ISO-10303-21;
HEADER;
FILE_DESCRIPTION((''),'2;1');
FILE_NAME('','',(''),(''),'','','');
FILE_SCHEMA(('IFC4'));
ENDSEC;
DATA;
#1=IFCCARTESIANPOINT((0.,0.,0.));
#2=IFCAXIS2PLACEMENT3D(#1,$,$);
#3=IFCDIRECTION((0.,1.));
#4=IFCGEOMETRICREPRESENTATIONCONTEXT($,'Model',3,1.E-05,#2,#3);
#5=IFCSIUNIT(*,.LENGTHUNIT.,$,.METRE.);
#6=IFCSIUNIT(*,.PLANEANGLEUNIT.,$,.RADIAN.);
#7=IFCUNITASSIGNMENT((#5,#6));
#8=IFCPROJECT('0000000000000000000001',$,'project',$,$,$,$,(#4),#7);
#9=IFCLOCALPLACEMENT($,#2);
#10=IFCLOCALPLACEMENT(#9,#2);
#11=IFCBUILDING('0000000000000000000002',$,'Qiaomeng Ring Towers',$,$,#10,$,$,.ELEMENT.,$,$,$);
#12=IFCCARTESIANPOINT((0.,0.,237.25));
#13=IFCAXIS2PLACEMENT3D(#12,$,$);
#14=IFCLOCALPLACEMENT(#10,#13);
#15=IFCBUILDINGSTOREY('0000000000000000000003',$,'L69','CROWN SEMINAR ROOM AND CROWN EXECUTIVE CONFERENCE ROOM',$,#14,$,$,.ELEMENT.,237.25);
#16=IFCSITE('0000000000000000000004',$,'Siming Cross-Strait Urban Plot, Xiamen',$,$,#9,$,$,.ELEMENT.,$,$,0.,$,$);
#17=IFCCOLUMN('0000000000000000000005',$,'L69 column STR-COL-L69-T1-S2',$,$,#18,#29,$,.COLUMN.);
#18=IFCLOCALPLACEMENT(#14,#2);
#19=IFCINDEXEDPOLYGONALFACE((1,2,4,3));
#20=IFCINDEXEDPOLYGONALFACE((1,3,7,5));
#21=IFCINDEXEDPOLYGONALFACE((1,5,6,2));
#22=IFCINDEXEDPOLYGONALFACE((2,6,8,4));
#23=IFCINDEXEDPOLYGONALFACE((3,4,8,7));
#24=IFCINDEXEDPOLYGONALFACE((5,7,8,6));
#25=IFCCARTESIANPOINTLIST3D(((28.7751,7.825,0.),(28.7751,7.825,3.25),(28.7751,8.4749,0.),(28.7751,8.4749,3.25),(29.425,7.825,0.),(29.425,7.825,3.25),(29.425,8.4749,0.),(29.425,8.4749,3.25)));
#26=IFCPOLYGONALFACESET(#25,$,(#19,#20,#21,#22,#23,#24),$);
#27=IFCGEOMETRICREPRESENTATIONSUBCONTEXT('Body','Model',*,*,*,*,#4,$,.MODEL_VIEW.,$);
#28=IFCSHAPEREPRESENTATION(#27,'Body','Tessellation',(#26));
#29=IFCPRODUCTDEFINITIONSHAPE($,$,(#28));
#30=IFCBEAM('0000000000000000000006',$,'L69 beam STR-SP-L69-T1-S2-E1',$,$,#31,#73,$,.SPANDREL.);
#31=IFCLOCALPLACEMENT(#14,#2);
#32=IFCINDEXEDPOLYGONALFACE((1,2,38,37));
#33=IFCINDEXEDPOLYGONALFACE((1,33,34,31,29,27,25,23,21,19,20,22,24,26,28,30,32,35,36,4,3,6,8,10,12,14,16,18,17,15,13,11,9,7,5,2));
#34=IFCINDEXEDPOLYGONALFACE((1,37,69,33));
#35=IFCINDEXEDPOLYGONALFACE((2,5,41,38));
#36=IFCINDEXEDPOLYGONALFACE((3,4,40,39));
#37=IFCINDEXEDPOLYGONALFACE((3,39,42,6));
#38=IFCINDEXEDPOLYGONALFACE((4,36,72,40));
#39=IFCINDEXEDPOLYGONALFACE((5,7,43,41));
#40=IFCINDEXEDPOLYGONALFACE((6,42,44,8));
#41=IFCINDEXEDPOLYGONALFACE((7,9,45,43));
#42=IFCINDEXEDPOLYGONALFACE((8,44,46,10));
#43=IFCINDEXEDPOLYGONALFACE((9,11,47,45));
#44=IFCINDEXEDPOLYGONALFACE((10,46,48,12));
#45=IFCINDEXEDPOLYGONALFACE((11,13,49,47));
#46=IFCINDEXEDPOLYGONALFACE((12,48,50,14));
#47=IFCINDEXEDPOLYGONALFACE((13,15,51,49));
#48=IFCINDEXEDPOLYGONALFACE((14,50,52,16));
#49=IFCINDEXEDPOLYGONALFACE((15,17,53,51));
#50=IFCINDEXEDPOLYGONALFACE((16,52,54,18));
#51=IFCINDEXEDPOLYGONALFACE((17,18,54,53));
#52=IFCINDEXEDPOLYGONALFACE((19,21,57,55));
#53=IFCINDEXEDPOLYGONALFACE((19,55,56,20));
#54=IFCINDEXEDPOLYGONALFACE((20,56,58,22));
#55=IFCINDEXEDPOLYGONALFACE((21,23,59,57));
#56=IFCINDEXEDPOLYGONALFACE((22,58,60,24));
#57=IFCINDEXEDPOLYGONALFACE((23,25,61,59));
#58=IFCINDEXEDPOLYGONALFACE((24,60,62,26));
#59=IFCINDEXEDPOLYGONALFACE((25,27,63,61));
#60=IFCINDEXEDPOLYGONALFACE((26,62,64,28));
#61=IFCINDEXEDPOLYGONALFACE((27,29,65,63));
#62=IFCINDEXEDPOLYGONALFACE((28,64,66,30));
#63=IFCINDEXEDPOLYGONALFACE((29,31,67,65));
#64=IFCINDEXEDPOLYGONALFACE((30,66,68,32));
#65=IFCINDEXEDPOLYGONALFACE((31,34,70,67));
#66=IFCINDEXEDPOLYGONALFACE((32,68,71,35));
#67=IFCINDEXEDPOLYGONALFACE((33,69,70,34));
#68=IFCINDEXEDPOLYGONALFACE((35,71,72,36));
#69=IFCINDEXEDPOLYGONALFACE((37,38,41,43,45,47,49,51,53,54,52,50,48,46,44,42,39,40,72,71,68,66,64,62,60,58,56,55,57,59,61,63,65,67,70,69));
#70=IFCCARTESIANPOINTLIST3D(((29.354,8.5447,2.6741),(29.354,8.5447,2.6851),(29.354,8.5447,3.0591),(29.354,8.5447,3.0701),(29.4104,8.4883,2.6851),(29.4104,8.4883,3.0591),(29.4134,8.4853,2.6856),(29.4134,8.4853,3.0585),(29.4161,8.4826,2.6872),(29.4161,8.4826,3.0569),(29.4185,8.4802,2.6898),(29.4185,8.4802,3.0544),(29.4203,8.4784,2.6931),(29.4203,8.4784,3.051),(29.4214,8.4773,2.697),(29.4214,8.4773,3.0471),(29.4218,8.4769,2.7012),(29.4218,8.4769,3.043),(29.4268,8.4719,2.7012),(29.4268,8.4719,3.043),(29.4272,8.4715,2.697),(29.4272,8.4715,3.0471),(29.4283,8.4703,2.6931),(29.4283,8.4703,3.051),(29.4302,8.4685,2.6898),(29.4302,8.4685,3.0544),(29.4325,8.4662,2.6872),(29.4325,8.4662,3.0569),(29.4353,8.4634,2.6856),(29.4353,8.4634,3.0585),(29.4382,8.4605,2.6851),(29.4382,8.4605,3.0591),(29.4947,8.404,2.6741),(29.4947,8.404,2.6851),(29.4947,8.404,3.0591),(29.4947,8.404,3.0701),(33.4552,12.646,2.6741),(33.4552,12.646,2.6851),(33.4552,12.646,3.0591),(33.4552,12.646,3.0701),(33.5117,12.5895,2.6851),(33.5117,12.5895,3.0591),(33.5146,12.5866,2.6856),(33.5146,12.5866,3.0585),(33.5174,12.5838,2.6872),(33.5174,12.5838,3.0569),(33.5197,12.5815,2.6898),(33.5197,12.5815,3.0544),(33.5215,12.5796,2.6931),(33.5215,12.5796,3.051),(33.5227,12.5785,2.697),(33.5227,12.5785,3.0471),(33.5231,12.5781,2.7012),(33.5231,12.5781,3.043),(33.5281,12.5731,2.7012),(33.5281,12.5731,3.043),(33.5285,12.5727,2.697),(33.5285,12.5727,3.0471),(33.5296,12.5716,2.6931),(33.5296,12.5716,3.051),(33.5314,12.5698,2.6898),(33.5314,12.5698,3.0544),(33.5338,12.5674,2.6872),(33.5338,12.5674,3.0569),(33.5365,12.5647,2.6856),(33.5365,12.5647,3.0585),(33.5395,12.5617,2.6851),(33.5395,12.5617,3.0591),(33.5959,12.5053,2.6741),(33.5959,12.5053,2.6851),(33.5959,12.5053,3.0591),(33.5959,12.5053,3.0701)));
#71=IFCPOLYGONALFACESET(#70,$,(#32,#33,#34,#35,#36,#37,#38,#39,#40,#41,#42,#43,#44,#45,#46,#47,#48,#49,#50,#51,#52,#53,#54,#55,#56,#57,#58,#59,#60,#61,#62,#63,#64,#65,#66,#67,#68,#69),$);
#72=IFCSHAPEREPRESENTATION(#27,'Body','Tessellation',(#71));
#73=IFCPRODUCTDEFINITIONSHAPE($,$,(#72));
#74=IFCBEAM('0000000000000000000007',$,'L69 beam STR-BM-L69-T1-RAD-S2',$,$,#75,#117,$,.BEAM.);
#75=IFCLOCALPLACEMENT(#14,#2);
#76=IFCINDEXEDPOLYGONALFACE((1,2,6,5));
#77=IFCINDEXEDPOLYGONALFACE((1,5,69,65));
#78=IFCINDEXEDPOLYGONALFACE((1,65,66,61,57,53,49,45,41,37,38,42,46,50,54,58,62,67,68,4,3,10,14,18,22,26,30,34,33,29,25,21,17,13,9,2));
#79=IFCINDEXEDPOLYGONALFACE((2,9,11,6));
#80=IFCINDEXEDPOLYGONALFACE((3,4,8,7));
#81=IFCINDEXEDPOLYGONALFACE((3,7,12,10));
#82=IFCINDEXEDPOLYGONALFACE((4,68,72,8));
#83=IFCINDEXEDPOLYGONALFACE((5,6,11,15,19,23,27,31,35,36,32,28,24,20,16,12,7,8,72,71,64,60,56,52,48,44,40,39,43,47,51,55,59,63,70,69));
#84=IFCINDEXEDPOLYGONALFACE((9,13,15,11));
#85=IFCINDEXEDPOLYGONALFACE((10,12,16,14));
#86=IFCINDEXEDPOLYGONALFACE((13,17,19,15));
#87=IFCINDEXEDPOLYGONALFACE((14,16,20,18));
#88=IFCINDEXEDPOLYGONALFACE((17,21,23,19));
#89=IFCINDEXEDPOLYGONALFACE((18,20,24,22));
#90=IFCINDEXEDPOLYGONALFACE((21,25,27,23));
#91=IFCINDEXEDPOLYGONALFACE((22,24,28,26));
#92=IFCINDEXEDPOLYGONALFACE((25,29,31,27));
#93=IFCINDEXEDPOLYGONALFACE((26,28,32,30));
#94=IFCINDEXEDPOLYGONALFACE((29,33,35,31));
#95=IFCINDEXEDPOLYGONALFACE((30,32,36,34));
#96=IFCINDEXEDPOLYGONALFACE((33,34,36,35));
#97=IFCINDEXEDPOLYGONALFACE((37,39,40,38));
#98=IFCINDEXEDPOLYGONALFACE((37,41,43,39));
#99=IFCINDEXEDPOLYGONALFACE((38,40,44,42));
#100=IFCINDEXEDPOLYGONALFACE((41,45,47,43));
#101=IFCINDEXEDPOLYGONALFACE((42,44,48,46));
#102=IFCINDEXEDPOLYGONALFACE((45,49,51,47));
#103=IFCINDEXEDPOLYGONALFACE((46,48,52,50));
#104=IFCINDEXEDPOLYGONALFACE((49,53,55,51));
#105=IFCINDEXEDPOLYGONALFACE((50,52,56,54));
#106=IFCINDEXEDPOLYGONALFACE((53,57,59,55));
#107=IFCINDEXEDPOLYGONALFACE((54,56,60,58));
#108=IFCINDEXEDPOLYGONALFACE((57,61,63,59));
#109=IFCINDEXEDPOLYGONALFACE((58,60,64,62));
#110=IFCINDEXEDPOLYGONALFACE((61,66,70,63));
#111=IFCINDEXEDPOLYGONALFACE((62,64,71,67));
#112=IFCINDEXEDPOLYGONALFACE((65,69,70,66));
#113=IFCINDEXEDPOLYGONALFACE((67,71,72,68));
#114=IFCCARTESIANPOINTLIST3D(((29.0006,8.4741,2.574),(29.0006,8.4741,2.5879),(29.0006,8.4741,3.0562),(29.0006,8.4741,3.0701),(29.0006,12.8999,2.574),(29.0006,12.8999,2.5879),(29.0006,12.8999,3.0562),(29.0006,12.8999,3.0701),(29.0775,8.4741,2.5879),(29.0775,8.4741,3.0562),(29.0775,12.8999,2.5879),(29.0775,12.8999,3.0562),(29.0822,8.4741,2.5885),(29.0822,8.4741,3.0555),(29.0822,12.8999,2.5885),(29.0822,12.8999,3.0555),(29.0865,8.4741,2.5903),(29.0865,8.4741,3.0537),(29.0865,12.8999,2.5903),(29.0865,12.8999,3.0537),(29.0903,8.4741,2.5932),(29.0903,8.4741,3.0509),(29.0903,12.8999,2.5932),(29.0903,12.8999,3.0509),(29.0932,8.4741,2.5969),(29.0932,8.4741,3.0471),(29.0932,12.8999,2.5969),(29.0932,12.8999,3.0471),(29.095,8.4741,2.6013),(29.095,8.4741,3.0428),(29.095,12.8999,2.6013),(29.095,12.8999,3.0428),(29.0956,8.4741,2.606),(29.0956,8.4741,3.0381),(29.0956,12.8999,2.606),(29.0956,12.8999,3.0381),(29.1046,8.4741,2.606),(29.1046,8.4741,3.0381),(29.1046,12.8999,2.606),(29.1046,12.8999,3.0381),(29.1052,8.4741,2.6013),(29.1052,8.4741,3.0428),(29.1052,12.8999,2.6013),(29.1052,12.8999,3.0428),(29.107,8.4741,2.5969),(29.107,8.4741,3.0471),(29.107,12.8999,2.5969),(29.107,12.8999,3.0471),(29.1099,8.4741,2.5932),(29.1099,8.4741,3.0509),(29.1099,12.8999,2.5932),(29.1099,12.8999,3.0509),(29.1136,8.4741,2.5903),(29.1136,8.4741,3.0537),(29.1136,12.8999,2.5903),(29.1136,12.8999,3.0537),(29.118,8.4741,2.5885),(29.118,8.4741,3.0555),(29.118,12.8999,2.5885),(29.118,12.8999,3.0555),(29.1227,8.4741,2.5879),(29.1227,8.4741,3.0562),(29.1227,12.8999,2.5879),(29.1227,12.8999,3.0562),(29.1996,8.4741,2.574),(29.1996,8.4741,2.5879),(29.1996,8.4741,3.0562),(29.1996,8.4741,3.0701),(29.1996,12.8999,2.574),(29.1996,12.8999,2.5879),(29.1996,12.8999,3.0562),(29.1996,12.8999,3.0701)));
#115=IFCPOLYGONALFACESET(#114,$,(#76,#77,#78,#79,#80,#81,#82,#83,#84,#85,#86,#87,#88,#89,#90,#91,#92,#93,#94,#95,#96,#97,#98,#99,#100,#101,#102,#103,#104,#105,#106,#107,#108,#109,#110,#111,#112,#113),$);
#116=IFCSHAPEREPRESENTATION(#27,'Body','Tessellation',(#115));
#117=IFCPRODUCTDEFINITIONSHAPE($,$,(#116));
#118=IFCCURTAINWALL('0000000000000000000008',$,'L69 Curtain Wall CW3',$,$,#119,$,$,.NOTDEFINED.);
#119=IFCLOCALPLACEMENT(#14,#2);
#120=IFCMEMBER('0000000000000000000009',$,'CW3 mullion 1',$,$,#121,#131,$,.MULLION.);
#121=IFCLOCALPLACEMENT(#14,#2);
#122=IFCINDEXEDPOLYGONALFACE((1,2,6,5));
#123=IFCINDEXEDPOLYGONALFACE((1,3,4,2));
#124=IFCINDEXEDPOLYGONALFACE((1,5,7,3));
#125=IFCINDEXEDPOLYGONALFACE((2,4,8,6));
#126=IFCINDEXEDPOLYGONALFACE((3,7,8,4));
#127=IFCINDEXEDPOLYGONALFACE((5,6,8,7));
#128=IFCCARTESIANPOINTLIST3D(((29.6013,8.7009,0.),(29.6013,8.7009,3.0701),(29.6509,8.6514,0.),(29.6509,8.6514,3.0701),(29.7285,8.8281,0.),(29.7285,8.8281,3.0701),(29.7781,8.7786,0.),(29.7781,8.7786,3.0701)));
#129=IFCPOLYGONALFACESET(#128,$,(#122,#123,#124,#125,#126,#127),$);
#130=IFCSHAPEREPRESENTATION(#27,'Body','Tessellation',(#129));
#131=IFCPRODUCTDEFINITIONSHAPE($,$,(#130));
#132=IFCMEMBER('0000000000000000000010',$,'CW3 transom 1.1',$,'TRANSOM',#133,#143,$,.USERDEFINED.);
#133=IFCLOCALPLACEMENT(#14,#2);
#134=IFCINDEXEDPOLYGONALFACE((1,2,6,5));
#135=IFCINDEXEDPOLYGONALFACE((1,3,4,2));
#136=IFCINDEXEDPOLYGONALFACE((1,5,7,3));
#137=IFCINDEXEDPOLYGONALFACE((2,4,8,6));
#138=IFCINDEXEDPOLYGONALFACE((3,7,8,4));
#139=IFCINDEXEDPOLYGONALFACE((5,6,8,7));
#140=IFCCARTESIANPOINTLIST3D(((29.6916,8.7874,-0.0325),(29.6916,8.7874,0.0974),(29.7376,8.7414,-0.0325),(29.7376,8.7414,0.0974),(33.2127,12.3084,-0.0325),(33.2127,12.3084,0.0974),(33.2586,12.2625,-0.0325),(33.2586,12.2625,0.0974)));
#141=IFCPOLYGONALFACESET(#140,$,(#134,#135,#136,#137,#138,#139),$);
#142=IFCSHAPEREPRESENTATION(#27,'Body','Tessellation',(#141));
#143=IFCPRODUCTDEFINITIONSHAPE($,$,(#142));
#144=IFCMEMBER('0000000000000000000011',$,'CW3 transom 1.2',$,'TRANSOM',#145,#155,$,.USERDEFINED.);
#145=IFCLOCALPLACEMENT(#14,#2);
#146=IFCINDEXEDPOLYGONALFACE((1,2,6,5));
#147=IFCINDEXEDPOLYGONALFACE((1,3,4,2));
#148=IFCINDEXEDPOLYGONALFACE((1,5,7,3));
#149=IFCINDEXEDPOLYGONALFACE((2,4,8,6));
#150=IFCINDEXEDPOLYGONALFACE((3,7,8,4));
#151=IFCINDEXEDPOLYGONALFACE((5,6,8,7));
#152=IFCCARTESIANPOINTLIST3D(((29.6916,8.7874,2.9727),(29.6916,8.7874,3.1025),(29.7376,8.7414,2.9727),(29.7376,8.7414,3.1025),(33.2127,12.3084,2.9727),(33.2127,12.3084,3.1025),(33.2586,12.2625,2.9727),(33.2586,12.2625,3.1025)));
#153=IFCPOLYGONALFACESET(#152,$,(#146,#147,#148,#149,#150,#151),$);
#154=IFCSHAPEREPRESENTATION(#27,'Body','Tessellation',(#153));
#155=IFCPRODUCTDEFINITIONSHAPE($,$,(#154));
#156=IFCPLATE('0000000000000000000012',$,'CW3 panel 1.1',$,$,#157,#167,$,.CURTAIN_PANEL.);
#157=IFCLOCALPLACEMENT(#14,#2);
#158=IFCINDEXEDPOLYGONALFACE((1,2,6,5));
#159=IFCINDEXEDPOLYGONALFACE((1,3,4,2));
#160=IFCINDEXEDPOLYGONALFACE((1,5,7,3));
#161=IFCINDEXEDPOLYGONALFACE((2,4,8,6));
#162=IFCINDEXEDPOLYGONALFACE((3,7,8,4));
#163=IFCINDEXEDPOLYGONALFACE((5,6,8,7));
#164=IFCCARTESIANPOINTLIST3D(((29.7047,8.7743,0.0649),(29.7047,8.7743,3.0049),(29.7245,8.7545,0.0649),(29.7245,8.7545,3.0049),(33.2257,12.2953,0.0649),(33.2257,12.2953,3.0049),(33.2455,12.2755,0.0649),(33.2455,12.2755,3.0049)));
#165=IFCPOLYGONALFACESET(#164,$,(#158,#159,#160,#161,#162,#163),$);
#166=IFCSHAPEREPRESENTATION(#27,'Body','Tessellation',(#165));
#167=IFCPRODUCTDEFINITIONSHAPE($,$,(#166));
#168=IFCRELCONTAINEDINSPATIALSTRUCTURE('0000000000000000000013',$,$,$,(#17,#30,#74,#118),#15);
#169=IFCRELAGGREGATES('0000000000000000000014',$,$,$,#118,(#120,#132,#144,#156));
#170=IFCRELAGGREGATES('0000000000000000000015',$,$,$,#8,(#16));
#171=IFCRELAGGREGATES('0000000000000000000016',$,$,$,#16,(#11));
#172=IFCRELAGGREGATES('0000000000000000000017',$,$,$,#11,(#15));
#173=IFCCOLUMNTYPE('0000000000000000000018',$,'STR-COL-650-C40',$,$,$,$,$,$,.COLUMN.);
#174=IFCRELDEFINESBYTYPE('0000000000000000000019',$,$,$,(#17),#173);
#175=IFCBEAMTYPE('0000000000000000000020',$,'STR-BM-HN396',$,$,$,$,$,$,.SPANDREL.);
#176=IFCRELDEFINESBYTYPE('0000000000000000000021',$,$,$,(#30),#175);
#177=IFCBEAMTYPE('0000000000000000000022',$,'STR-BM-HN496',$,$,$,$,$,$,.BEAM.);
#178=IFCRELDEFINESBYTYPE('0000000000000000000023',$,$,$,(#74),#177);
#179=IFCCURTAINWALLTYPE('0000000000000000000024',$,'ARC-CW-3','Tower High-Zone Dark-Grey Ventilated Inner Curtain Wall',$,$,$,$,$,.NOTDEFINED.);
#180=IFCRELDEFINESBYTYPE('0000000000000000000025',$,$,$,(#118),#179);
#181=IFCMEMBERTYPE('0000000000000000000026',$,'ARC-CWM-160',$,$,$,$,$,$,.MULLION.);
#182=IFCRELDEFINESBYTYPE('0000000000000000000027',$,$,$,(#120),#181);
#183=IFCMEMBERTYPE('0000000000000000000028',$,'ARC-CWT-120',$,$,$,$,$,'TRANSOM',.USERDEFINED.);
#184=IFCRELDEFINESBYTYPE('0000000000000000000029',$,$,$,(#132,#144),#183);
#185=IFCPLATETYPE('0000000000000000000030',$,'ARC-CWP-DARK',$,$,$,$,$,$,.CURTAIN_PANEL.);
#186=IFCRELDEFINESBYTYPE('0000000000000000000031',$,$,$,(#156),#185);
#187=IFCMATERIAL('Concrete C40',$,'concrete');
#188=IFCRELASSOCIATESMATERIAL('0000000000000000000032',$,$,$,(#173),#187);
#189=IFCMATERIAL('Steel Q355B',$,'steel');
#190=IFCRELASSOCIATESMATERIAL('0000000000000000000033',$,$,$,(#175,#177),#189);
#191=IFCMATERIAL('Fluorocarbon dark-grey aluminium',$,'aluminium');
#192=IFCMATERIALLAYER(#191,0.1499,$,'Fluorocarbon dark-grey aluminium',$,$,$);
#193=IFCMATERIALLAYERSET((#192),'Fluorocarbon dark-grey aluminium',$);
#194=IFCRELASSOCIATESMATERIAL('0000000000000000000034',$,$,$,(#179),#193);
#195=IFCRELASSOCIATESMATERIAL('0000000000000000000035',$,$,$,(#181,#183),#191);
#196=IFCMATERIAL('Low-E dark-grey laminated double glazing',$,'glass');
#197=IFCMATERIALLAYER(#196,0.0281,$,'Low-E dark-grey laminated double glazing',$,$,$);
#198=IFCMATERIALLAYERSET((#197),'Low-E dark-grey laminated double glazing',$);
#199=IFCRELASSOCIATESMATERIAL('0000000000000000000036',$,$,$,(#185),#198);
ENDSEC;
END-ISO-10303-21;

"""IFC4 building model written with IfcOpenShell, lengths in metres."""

from ifc_helpers import new_model, si_unit, direction, frame, origin, origin_2d, place, context, subcontext, project, spatial, rectangle, i_section, extrude, source, transform, mapped, material, layer, layer_set, material_profile, profile_set, type_object, element, aggregate, save


model = new_model("IFC4")

# Units and contexts
model_context = context("Model", 3, precision=1e-05, world=origin(), true_north=direction((0.0, 1.0)))
body_context = subcontext(model_context, "Body", "Model", "MODEL_VIEW")
ifc_project = project(units=[si_unit("LENGTHUNIT", "METRE"), si_unit("PLANEANGLEUNIT", "RADIAN")], contexts=[model_context])

# Site, building, storey
site_placement = place(None, origin())
site = spatial("IfcSite", under=ifc_project, at=site_placement, Name="Siming Cross-Strait Urban Plot, Xiamen", CompositionType="ELEMENT", RefElevation=0.0)
building_placement = place(site_placement, origin())
building = spatial("IfcBuilding", under=site, at=building_placement, Name="Qiaomeng Ring Towers", CompositionType="ELEMENT")
storey_placement = place(building_placement, frame((0.0, 0.0, 237.25)))
storey = spatial("IfcBuildingStorey", under=building, at=storey_placement, Name="L69", Description="CROWN SEMINAR ROOM AND CROWN EXECUTIVE CONFERENCE ROOM", CompositionType="ELEMENT", Elevation=237.25)

# Column
ifc_material_1 = material(Name="Concrete C40", Category="concrete")
ifc_material_profile_1 = material_profile(ifc_material_1, rectangle(XDim=0.6499, YDim=0.6499, at=origin_2d()), Name="RC COL 650x650")
ifc_profile_set_1 = profile_set([ifc_material_profile_1], Name="Concrete C40")
column_type = type_object("IfcColumnType", Name="STR-COL-650-C40", PredefinedType="COLUMN", material=ifc_profile_set_1)
shared_shape_1 = source(origin(), body_context, "Body", "SweptSolid", [
    extrude(rectangle(XDim=0.6499, YDim=0.6499, at=origin_2d()), origin(), (0.0, 0.0, 1.0), 3.25),
])
column_placement = place(storey_placement, frame((29.1001, 8.1499, 0.0), z_axis=(0.0, 0.0, 1.0), x_axis=(1.0, 0.0, 0.0)))
element("IfcColumn", 1, at=column_placement, inside=storey, type_object=column_type, Name="L69 column STR-COL-L69-T1-S2", PredefinedType="COLUMN", context=body_context, shape_type="MappedRepresentation", body=[
    mapped(shared_shape_1, transform((0.0, 0.0, 0.0), x_axis=(1.0, 0.0, 0.0), y_axis=(0.0, 1.0, 0.0), z_axis=(0.0, 0.0, 1.0), scale=1.0)),
])

# Beams
ifc_material_2 = material(Name="Steel Q355B", Category="steel")
ifc_material_profile_2 = material_profile(ifc_material_2, i_section(OverallWidth=0.199, OverallDepth=0.396, WebThickness=0.0071, FlangeThickness=0.011, FilletRadius=0.0161, at=origin_2d()), Name="HN 396x199x7x11")
ifc_profile_set_2 = profile_set([ifc_material_profile_2], Name="Steel Q355B")
beam_type_1 = type_object("IfcBeamType", Name="STR-BM-HN396", PredefinedType="SPANDREL", material=ifc_profile_set_2)
shared_shape_2 = source(origin(), body_context, "Body", "SweptSolid", [
    extrude(i_section(OverallWidth=0.199, OverallDepth=0.396, WebThickness=0.0071, FlangeThickness=0.011, FilletRadius=0.0161, at=origin_2d()), origin(), (0.0, 0.0, 1.0), 5.8),
])
beam_1_placement = place(storey_placement, frame((29.4243, 8.4744, 2.8721), z_axis=(0.707107, 0.707107, 0.0), x_axis=(-0.707107, 0.707107, 0.0)))
element("IfcBeam", 2, at=beam_1_placement, inside=storey, type_object=beam_type_1, Name="L69 beam STR-SP-L69-T1-S2-E1", PredefinedType="SPANDREL", context=body_context, shape_type="MappedRepresentation", body=[
    mapped(shared_shape_2, transform((0.0, 0.0, 0.0), x_axis=(1.0, 0.0, 0.0), y_axis=(0.0, 1.0, 0.0), z_axis=(0.0, 0.0, 1.0), scale=1.0)),
])
ifc_material_profile_3 = material_profile(ifc_material_2, i_section(OverallWidth=0.199, OverallDepth=0.4961, WebThickness=0.009, FlangeThickness=0.0139, FilletRadius=0.0181, at=origin_2d()), Name="HN 496x199x9x14")
ifc_profile_set_3 = profile_set([ifc_material_profile_3], Name="Steel Q355B")
beam_type_2 = type_object("IfcBeamType", Name="STR-BM-HN496", PredefinedType="BEAM", material=ifc_profile_set_3)
shared_shape_3 = source(origin(), body_context, "Body", "SweptSolid", [
    extrude(i_section(OverallWidth=0.199, OverallDepth=0.4961, WebThickness=0.009, FlangeThickness=0.0139, FilletRadius=0.0181, at=origin_2d()), origin(), (0.0, 0.0, 1.0), 4.4258),
])
beam_2_placement = place(storey_placement, frame((29.1001, 8.4741, 2.822), z_axis=(0.0, 1.0, 0.0), x_axis=(-1.0, 0.0, 0.0)))
element("IfcBeam", 3, at=beam_2_placement, inside=storey, type_object=beam_type_2, Name="L69 beam STR-BM-L69-T1-RAD-S2", PredefinedType="BEAM", context=body_context, shape_type="MappedRepresentation", body=[
    mapped(shared_shape_3, transform((0.0, 0.0, 0.0), x_axis=(1.0, 0.0, 0.0), y_axis=(0.0, 1.0, 0.0), z_axis=(0.0, 0.0, 1.0), scale=1.0)),
])

# Curtain wall, members, plate
ifc_material_3 = material(Name="Fluorocarbon dark-grey aluminium", Category="aluminium")
ifc_layer_1 = layer(ifc_material_3, 0.1499, Name="Fluorocarbon dark-grey aluminium")
ifc_layer_set_1 = layer_set([ifc_layer_1], Name="Fluorocarbon dark-grey aluminium")
curtain_wall_type = type_object("IfcCurtainWallType", Name="ARC-CW-3", Description="Tower High-Zone Dark-Grey Ventilated Inner Curtain Wall", PredefinedType="NOTDEFINED", material=ifc_layer_set_1)
curtain_wall_placement = place(storey_placement, origin())
curtain_wall = element("IfcCurtainWall", 4, at=curtain_wall_placement, inside=storey, type_object=curtain_wall_type, Name="L69 Curtain Wall CW3", PredefinedType="NOTDEFINED")
ifc_material_profile_4 = material_profile(ifc_material_3, rectangle(XDim=0.0701, YDim=0.1799, at=origin_2d()), Name="ALU MULL 70x180")
ifc_profile_set_4 = profile_set([ifc_material_profile_4], Name="Fluorocarbon dark-grey aluminium")
member_type_1 = type_object("IfcMemberType", Name="ARC-CWM-160", PredefinedType="MULLION", material=ifc_profile_set_4)
shared_shape_4 = source(origin(), body_context, "Body", "SweptSolid", [
    extrude(rectangle(XDim=0.0701, YDim=0.1799, at=origin_2d()), origin(), (0.0, 0.0, 1.0), 3.0701),
])
member_1_placement = place(storey_placement, frame((29.6897, 8.7397, 0.0), z_axis=(0.0, 0.0, 1.0), x_axis=(-0.707107, 0.707107, 0.0)))
member_1 = element("IfcMember", 5, at=member_1_placement, type_object=member_type_1, Name="CW3 mullion 1", PredefinedType="MULLION", context=body_context, shape_type="MappedRepresentation", body=[
    mapped(shared_shape_4, transform((0.0, 0.0, 0.0), x_axis=(1.0, 0.0, 0.0), y_axis=(0.0, 1.0, 0.0), z_axis=(0.0, 0.0, 1.0), scale=1.0)),
])
ifc_material_profile_5 = material_profile(ifc_material_3, rectangle(XDim=0.0649, YDim=0.1299, at=origin_2d()), Name="ALU TRAN 65x130")
ifc_profile_set_5 = profile_set([ifc_material_profile_5], Name="Fluorocarbon dark-grey aluminium")
member_type_2 = type_object("IfcMemberType", Name="ARC-CWT-120", ElementType="TRANSOM", PredefinedType="USERDEFINED", material=ifc_profile_set_5)
shared_shape_5 = source(origin(), body_context, "Body", "SweptSolid", [
    extrude(rectangle(XDim=0.0649, YDim=0.1299, at=origin_2d()), origin(), (0.0, 0.0, 1.0), 4.9795),
])
member_2_placement = place(storey_placement, frame((29.7146, 8.7644, 0.0325), z_axis=(0.707107, 0.707107, 0.0), x_axis=(-0.707107, 0.707107, 0.0)))
member_2 = element("IfcMember", 6, at=member_2_placement, type_object=member_type_2, Name="CW3 transom 1.1", ObjectType="TRANSOM", PredefinedType="USERDEFINED", context=body_context, shape_type="MappedRepresentation", body=[
    mapped(shared_shape_5, transform((0.0, 0.0, 0.0), x_axis=(1.0, 0.0, 0.0), y_axis=(0.0, 1.0, 0.0), z_axis=(0.0, 0.0, 1.0), scale=1.0)),
])
member_3_placement = place(storey_placement, frame((29.7146, 8.7644, 3.0376), z_axis=(0.707107, 0.707107, 0.0), x_axis=(-0.707107, 0.707107, 0.0)))
member_3 = element("IfcMember", 7, at=member_3_placement, type_object=member_type_2, Name="CW3 transom 1.2", ObjectType="TRANSOM", PredefinedType="USERDEFINED", context=body_context, shape_type="MappedRepresentation", body=[
    mapped(shared_shape_5, transform((0.0, 0.0, 0.0), x_axis=(1.0, 0.0, 0.0), y_axis=(0.0, 1.0, 0.0), z_axis=(0.0, 0.0, 1.0), scale=1.0)),
])
ifc_material_4 = material(Name="Low-E dark-grey laminated double glazing", Category="glass")
ifc_layer_2 = layer(ifc_material_4, 0.0281, Name="Low-E dark-grey laminated double glazing")
ifc_layer_set_2 = layer_set([ifc_layer_2], Name="Low-E dark-grey laminated double glazing")
plate_type = type_object("IfcPlateType", Name="ARC-CWP-DARK", PredefinedType="CURTAIN_PANEL", material=ifc_layer_set_2)
shared_shape_6 = source(origin(), body_context, "Body", "SweptSolid", [
    extrude(rectangle(XDim=4.9795, YDim=0.0281, at=origin_2d()), origin(), (0.0, 0.0, 1.0), 2.9399),
])
plate_placement = place(storey_placement, frame((31.4751, 10.5249, 0.0649), z_axis=(0.0, 0.0, 1.0), x_axis=(0.707107, 0.707107, 0.0)))
plate = element("IfcPlate", 8, at=plate_placement, type_object=plate_type, Name="CW3 panel 1.1", PredefinedType="CURTAIN_PANEL", context=body_context, shape_type="MappedRepresentation", body=[
    mapped(shared_shape_6, transform((0.0, 0.0, 0.0), x_axis=(1.0, 0.0, 0.0), y_axis=(0.0, 1.0, 0.0), z_axis=(0.0, 0.0, 1.0), scale=1.0)),
])
aggregate(curtain_wall, [member_1, member_2, member_3, plate])

save(model, "model.ifc")
